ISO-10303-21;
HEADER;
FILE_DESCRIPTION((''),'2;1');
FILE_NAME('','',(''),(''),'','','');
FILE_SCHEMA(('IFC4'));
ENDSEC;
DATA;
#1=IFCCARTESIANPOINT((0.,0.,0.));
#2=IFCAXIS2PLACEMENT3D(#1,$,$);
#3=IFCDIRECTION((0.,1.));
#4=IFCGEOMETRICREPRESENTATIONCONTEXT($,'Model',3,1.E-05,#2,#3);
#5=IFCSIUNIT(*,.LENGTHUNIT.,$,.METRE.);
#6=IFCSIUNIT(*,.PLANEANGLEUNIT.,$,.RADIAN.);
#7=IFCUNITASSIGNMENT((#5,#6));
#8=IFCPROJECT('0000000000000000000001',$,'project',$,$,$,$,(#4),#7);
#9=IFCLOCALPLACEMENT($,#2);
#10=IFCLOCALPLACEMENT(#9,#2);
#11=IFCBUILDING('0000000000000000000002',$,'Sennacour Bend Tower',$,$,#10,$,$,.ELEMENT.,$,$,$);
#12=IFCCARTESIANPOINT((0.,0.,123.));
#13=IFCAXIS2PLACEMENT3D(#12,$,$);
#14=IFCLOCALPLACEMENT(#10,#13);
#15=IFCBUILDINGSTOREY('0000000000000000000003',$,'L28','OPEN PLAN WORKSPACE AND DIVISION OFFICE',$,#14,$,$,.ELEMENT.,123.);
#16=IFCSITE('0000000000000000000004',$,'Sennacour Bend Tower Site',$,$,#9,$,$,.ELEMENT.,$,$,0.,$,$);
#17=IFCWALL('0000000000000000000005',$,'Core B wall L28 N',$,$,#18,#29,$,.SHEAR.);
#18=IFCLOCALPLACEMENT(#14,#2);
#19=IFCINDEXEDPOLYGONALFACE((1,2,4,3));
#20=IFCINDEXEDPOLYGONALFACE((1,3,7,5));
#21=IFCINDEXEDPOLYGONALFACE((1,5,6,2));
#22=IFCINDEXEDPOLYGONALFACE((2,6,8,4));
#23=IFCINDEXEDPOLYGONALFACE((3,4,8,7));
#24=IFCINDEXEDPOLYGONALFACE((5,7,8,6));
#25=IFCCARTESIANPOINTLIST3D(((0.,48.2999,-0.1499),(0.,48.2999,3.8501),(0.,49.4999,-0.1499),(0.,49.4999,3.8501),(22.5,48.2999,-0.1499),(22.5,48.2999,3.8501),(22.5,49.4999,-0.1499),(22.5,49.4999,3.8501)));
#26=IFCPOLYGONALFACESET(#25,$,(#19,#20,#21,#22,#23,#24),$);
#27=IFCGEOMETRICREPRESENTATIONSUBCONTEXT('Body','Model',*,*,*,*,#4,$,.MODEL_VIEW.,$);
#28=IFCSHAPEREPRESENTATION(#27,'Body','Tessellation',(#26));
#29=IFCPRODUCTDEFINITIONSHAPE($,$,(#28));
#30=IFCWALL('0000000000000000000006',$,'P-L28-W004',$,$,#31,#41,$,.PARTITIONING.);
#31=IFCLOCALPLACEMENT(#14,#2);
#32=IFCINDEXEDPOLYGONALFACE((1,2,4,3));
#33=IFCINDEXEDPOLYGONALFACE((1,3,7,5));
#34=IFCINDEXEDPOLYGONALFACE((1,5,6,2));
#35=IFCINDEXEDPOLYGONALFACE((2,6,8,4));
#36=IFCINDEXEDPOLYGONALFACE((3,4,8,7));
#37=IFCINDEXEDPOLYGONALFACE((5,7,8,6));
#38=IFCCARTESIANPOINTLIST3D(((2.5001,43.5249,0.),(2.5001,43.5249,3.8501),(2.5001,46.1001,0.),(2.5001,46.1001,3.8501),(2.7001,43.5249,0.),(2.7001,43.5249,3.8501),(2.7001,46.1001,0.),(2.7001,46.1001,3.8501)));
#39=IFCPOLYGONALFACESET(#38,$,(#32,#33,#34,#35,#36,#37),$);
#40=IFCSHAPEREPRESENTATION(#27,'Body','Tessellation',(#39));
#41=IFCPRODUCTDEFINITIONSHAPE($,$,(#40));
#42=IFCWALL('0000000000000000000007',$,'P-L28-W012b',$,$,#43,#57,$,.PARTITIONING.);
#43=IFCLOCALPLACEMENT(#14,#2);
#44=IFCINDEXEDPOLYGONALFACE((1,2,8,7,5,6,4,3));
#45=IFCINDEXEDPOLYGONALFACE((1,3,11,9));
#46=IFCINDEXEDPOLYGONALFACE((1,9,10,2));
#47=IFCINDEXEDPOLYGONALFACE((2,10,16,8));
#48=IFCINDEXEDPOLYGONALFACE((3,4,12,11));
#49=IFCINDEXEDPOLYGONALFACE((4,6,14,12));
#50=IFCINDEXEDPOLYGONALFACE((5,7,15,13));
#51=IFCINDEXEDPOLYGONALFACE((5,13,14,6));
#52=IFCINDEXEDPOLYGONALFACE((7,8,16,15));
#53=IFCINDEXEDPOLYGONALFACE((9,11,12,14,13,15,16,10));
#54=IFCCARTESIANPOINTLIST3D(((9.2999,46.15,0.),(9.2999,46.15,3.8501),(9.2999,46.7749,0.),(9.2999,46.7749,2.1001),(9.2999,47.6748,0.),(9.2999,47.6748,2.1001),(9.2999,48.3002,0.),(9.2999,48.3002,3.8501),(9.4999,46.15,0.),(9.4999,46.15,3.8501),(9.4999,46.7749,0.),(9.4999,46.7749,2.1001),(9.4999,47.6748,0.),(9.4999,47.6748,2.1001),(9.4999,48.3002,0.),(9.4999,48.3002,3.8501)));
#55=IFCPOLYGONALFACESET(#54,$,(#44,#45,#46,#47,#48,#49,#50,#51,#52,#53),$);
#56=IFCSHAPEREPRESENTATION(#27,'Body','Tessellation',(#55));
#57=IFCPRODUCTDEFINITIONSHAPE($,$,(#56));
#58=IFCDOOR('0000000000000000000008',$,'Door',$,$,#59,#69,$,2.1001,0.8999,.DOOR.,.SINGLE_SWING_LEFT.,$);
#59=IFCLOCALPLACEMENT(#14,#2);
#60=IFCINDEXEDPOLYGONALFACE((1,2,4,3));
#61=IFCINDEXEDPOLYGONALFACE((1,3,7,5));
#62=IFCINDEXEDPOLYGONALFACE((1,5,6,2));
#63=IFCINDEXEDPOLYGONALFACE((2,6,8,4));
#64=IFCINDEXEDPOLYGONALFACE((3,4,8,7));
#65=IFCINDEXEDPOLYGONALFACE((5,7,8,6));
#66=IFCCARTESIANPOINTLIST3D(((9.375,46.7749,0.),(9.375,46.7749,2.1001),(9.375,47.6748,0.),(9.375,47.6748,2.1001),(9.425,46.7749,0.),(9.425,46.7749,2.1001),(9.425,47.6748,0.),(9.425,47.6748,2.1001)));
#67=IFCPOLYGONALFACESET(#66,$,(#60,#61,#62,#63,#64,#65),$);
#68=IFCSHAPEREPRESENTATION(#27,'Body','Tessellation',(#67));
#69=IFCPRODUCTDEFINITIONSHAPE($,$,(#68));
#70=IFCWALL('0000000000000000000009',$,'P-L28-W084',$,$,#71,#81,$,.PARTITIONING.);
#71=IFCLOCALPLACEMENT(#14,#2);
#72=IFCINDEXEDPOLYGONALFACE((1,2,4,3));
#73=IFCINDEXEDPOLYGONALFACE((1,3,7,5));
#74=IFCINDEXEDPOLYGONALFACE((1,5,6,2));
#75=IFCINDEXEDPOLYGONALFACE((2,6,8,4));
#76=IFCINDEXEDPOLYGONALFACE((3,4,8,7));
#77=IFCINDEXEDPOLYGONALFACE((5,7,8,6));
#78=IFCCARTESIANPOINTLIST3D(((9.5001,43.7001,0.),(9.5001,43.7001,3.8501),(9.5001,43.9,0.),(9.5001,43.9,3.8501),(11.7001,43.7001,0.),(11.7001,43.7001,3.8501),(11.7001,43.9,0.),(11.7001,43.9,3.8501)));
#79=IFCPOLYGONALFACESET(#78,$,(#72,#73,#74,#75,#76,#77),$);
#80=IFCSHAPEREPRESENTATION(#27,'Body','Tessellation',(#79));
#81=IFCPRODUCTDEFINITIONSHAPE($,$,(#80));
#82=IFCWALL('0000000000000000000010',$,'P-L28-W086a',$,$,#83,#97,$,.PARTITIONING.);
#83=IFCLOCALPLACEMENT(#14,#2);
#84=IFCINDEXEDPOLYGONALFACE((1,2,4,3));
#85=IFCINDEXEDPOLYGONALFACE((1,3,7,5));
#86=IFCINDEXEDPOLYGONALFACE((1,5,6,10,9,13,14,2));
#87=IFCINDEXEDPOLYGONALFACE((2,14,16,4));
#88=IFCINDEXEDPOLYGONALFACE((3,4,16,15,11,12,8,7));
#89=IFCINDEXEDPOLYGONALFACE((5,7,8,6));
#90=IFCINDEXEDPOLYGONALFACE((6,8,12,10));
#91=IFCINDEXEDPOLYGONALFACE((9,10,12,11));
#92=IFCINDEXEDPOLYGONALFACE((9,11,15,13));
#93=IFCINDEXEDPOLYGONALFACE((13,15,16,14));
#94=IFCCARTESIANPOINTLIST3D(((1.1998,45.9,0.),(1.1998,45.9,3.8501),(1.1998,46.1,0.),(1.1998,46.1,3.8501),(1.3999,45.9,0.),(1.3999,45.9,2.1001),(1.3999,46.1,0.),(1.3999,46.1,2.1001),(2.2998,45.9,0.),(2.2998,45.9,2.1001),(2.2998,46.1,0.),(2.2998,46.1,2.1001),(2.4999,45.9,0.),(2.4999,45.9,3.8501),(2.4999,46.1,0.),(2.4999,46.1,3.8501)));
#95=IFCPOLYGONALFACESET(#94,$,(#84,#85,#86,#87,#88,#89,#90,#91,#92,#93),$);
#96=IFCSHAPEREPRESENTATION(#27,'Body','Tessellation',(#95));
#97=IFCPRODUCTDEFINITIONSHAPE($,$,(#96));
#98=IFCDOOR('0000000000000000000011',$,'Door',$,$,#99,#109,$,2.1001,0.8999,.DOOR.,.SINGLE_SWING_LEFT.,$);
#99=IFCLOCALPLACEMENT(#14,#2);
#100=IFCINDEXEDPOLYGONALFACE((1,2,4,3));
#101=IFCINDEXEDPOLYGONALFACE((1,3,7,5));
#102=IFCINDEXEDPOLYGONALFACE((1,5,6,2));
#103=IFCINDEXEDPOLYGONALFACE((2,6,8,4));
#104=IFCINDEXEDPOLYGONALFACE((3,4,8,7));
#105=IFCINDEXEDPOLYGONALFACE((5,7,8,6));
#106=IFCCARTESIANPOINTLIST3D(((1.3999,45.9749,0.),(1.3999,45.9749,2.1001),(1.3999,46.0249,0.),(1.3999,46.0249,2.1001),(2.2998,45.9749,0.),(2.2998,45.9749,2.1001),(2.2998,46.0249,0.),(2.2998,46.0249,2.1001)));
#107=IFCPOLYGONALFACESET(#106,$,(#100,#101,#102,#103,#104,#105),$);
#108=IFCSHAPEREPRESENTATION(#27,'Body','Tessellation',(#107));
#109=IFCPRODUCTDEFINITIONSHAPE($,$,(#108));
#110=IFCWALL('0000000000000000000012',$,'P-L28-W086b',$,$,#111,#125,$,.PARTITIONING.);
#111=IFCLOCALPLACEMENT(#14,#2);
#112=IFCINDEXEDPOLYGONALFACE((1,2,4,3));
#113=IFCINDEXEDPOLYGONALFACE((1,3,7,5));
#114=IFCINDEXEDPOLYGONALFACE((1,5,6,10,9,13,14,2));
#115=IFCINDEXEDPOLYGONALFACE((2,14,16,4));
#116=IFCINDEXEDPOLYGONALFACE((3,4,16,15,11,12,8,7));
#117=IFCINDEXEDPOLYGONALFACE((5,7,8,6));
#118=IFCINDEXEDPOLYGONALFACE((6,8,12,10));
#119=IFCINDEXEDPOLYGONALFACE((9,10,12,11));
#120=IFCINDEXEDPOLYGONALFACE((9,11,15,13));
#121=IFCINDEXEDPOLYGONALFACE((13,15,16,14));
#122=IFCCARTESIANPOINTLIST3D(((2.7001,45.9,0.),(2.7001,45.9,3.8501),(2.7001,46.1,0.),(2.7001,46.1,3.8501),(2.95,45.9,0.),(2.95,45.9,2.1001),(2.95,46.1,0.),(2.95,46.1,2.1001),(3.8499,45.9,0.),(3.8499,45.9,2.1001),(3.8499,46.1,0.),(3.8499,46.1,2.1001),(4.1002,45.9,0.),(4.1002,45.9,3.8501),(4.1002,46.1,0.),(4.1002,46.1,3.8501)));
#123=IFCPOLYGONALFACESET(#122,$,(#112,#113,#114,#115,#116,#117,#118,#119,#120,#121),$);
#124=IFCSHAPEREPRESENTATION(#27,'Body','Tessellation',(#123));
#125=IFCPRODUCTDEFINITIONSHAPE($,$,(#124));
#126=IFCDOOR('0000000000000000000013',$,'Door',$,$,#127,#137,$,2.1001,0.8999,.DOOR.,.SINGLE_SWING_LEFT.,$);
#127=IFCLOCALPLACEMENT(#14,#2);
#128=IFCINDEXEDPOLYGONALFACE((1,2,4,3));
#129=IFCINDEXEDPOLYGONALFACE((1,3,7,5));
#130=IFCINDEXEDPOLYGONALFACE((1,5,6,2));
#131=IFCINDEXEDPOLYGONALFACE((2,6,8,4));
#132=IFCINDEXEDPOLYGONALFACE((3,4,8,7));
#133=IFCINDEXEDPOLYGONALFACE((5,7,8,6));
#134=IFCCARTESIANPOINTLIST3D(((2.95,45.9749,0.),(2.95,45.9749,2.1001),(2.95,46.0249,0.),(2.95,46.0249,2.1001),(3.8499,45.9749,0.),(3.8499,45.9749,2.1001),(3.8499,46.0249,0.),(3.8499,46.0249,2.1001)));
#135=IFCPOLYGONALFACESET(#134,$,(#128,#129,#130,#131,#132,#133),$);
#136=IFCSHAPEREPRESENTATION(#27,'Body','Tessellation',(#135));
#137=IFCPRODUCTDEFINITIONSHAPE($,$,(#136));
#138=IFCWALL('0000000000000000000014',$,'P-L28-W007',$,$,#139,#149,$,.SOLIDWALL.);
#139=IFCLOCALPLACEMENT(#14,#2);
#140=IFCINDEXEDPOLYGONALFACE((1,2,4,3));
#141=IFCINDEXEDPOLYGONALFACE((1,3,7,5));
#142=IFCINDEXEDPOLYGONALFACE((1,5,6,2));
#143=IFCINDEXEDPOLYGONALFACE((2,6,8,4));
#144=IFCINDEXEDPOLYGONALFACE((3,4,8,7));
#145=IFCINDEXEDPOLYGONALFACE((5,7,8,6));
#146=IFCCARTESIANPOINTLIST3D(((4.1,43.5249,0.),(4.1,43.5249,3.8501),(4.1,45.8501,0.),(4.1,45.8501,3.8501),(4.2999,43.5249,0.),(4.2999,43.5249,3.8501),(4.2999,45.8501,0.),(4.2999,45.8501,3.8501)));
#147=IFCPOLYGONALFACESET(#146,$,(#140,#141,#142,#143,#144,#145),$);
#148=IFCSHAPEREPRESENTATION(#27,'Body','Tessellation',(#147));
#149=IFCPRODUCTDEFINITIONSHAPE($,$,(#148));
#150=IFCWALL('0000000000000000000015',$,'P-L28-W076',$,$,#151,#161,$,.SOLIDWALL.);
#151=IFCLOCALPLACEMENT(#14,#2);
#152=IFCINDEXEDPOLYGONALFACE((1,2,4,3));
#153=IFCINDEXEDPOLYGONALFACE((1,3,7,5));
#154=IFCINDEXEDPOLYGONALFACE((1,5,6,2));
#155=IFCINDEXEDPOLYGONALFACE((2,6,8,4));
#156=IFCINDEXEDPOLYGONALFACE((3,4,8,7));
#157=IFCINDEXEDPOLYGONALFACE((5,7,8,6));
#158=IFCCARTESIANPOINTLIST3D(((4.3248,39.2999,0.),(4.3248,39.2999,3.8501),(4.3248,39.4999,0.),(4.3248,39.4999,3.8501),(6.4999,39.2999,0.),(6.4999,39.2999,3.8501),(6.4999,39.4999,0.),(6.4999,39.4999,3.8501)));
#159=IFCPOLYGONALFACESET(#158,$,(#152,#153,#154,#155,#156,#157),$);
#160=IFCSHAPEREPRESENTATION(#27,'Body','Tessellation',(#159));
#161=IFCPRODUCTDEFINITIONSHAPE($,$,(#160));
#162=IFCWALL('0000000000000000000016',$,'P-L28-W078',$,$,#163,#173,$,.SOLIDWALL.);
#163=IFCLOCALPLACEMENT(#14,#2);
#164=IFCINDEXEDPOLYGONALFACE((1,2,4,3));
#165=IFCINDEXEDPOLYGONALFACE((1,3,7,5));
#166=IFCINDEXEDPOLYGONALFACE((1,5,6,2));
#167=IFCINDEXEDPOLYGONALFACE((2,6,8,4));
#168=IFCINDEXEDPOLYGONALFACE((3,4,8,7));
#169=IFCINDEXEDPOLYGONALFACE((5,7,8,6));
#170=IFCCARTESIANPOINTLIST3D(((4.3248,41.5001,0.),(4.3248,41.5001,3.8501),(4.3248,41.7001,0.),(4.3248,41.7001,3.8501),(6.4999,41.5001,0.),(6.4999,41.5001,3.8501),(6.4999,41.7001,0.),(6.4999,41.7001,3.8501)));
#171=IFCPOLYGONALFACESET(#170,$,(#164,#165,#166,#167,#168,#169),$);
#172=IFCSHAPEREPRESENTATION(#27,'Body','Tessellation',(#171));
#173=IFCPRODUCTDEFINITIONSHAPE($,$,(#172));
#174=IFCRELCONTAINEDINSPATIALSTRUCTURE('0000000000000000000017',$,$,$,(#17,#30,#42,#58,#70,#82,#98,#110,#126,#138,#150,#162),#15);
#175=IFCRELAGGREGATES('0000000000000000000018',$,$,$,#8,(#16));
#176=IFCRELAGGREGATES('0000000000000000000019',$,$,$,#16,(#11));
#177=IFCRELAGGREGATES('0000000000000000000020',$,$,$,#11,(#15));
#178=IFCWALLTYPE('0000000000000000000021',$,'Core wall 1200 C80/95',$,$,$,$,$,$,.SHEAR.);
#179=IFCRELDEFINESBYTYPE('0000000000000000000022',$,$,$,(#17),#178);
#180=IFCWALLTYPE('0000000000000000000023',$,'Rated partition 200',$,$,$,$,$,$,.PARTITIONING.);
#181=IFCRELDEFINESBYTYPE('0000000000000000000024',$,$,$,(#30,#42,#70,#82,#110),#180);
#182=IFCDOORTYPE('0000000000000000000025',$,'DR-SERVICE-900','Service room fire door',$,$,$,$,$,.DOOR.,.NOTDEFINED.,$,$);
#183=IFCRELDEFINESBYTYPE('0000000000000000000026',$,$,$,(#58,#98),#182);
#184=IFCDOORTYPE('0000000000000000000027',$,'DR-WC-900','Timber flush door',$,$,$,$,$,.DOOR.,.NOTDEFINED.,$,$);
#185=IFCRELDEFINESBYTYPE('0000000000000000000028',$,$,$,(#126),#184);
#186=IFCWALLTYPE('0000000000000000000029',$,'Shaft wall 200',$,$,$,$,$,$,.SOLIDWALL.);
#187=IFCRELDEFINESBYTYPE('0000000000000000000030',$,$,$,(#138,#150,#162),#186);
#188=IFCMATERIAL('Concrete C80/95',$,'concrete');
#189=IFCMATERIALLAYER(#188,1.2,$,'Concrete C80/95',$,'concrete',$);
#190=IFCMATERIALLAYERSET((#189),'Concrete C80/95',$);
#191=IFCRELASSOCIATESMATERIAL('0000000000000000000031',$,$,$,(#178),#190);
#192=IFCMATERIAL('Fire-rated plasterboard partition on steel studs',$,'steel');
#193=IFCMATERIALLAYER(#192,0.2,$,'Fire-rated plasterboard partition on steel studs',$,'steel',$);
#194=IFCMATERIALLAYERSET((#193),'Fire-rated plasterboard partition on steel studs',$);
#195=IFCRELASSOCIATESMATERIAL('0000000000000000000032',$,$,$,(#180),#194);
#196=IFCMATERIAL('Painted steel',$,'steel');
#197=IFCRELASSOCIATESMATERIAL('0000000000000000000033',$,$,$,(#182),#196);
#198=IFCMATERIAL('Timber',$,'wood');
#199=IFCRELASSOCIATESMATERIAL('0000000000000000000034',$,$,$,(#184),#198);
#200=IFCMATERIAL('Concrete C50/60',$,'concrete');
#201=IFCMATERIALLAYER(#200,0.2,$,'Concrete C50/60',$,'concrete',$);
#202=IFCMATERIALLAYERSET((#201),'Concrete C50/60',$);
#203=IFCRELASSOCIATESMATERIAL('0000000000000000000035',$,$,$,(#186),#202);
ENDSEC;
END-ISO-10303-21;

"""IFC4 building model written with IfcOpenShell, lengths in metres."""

from ifc_helpers import new_model, si_unit, direction, frame, frame_2d, origin, place, context, subcontext, project, spatial, rectangle, extrude, material, layer, layer_set, type_object, element, fill, save


model = new_model("IFC4")

# Units and contexts
model_context = context("Model", 3, precision=1e-05, world=origin(), true_north=direction((0.0, 1.0)))
body_context = subcontext(model_context, "Body", "Model", "MODEL_VIEW")
ifc_project = project(units=[si_unit("LENGTHUNIT", "METRE"), si_unit("PLANEANGLEUNIT", "RADIAN")], contexts=[model_context])

# Site, building, storey
site_placement = place(None, origin())
site = spatial("IfcSite", under=ifc_project, at=site_placement, Name="Sennacour Bend Tower Site", CompositionType="ELEMENT", RefElevation=0.0)
building_placement = place(site_placement, origin())
building = spatial("IfcBuilding", under=site, at=building_placement, Name="Sennacour Bend Tower", CompositionType="ELEMENT")
storey_placement = place(building_placement, frame((0.0, 0.0, 123.0)))
storey = spatial("IfcBuildingStorey", under=building, at=storey_placement, Name="L28", Description="OPEN PLAN WORKSPACE AND DIVISION OFFICE", CompositionType="ELEMENT", Elevation=123.0)

# Walls
ifc_material_1 = material(Name="Concrete C80/95", Category="concrete")
ifc_layer_1 = layer(ifc_material_1, 1.2, Name="Concrete C80/95", Category="concrete")
ifc_layer_set_1 = layer_set([ifc_layer_1], Name="Concrete C80/95")
wall_type_1 = type_object("IfcWallType", Name="Core wall 1200 C80/95", PredefinedType="SHEAR", material=ifc_layer_set_1)
wall_1_placement = place(storey_placement, frame((0.0, 48.8999, -0.1499), z_axis=(0.0, 0.0, 1.0), x_axis=(1.0, 0.0, 0.0)))
element("IfcWall", 1, at=wall_1_placement, inside=storey, type_object=wall_type_1, Name="Core B wall L28 N", PredefinedType="SHEAR", context=body_context, shape_type="SweptSolid", body=[
    extrude(rectangle(XDim=22.5, YDim=1.2, at=frame_2d((11.25, 0.0))), origin(), (0.0, 0.0, 1.0), 4.0),
])
ifc_material_2 = material(Name="Fire-rated plasterboard partition on steel studs", Category="steel")
ifc_layer_2 = layer(ifc_material_2, 0.2, Name="Fire-rated plasterboard partition on steel studs", Category="steel")
ifc_layer_set_2 = layer_set([ifc_layer_2], Name="Fire-rated plasterboard partition on steel studs")
wall_type_2 = type_object("IfcWallType", Name="Rated partition 200", PredefinedType="PARTITIONING", material=ifc_layer_set_2)
wall_2_placement = place(storey_placement, frame((2.6001, 43.5249, 0.0), z_axis=(0.0, 0.0, 1.0), x_axis=(0.0, 1.0, 0.0)))
element("IfcWall", 2, at=wall_2_placement, inside=storey, type_object=wall_type_2, Name="P-L28-W004", PredefinedType="PARTITIONING", context=body_context, shape_type="SweptSolid", body=[
    extrude(rectangle(XDim=2.5752, YDim=0.2, at=frame_2d((1.2876, 0.0))), origin(), (0.0, 0.0, 1.0), 3.8501),
])

# Wall, opening, door
wall_3_placement = place(storey_placement, frame((9.3999, 46.1499, 0.0), z_axis=(0.0, 0.0, 1.0), x_axis=(0.0, 1.0, 0.0)))
wall_3 = element("IfcWall", 3, at=wall_3_placement, inside=storey, type_object=wall_type_2, Name="P-L28-W012b", PredefinedType="PARTITIONING", context=body_context, shape_type="SweptSolid", body=[
    extrude(rectangle(XDim=2.1501, YDim=0.2, at=frame_2d((1.0752, 0.0))), origin(), (0.0, 0.0, 1.0), 3.8501),
])
opening_1_placement = place(wall_3_placement, frame((0.625, 0.0, 0.0)))
opening_1 = element("IfcOpeningElement", 4, at=opening_1_placement, cuts=wall_3, PredefinedType="OPENING", context=body_context, shape_type="SweptSolid", body=[
    extrude(rectangle(XDim=0.8999, YDim=2.1001, at=frame_2d((0.45, 1.05))), frame((0.0, 0.1099, 0.0), z_axis=(0.0, -1.0, 0.0), x_axis=(1.0, 0.0, 0.0)), (0.0, 0.0, 1.0), 0.22),
])
ifc_material_3 = material(Name="Painted steel", Category="steel")
door_type_1 = type_object("IfcDoorType", Name="DR-SERVICE-900", Description="Service room fire door", OperationType="NOTDEFINED", PredefinedType="DOOR", material=ifc_material_3)
door_1_placement = place(opening_1_placement, origin())
door_1 = element("IfcDoor", 5, at=door_1_placement, inside=storey, type_object=door_type_1, Name="Door", OperationType="SINGLE_SWING_LEFT", OverallHeight=2.1001, OverallWidth=0.8999, PredefinedType="DOOR", context=body_context, shape_type="SweptSolid", body=[
    extrude(rectangle(XDim=0.8999, YDim=2.1001, at=frame_2d((0.45, 1.05))), frame((0.0, 0.0249, 0.0), z_axis=(0.0, -1.0, 0.0), x_axis=(1.0, 0.0, 0.0)), (0.0, 0.0, 1.0), 0.05),
])
fill(opening_1, door_1)

# Wall
wall_4_placement = place(storey_placement, frame((9.5, 43.8, 0.0), z_axis=(0.0, 0.0, 1.0), x_axis=(1.0, 0.0, 0.0)))
element("IfcWall", 6, at=wall_4_placement, inside=storey, type_object=wall_type_2, Name="P-L28-W084", PredefinedType="PARTITIONING", context=body_context, shape_type="SweptSolid", body=[
    extrude(rectangle(XDim=2.2, YDim=0.2, at=frame_2d((1.1001, 0.0))), origin(), (0.0, 0.0, 1.0), 3.8501),
])

# Walls, openings, doors
wall_5_placement = place(storey_placement, frame((1.2, 46.0, 0.0), z_axis=(0.0, 0.0, 1.0), x_axis=(1.0, 0.0, 0.0)))
wall_5 = element("IfcWall", 7, at=wall_5_placement, inside=storey, type_object=wall_type_2, Name="P-L28-W086a", PredefinedType="PARTITIONING", context=body_context, shape_type="SweptSolid", body=[
    extrude(rectangle(XDim=1.3, YDim=0.2, at=frame_2d((0.6499, 0.0))), origin(), (0.0, 0.0, 1.0), 3.8501),
])
opening_2_placement = place(wall_5_placement, frame((0.2, 0.0, 0.0)))
opening_2 = element("IfcOpeningElement", 8, at=opening_2_placement, cuts=wall_5, PredefinedType="OPENING", context=body_context, shape_type="SweptSolid", body=[
    extrude(rectangle(XDim=0.8999, YDim=2.1001, at=frame_2d((0.45, 1.05))), frame((0.0, 0.1099, 0.0), z_axis=(0.0, -1.0, 0.0), x_axis=(1.0, 0.0, 0.0)), (0.0, 0.0, 1.0), 0.22),
])
door_2_placement = place(opening_2_placement, origin())
door_2 = element("IfcDoor", 9, at=door_2_placement, inside=storey, type_object=door_type_1, Name="Door", OperationType="SINGLE_SWING_LEFT", OverallHeight=2.1001, OverallWidth=0.8999, PredefinedType="DOOR", context=body_context, shape_type="SweptSolid", body=[
    extrude(rectangle(XDim=0.8999, YDim=2.1001, at=frame_2d((0.45, 1.05))), frame((0.0, 0.0249, 0.0), z_axis=(0.0, -1.0, 0.0), x_axis=(1.0, 0.0, 0.0)), (0.0, 0.0, 1.0), 0.05),
])
fill(opening_2, door_2)
wall_6_placement = place(storey_placement, frame((2.7, 46.0, 0.0), z_axis=(0.0, 0.0, 1.0), x_axis=(1.0, 0.0, 0.0)))
wall_6 = element("IfcWall", 10, at=wall_6_placement, inside=storey, type_object=wall_type_2, Name="P-L28-W086b", PredefinedType="PARTITIONING", context=body_context, shape_type="SweptSolid", body=[
    extrude(rectangle(XDim=1.4001, YDim=0.2, at=frame_2d((0.7002, 0.0))), origin(), (0.0, 0.0, 1.0), 3.8501),
])
opening_3_placement = place(wall_6_placement, frame((0.25, 0.0, 0.0)))
opening_3 = element("IfcOpeningElement", 11, at=opening_3_placement, cuts=wall_6, PredefinedType="OPENING", context=body_context, shape_type="SweptSolid", body=[
    extrude(rectangle(XDim=0.8999, YDim=2.1001, at=frame_2d((0.45, 1.05))), frame((0.0, 0.1099, 0.0), z_axis=(0.0, -1.0, 0.0), x_axis=(1.0, 0.0, 0.0)), (0.0, 0.0, 1.0), 0.22),
])
ifc_material_4 = material(Name="Timber", Category="wood")
door_type_2 = type_object("IfcDoorType", Name="DR-WC-900", Description="Timber flush door", OperationType="NOTDEFINED", PredefinedType="DOOR", material=ifc_material_4)
door_3_placement = place(opening_3_placement, origin())
door_3 = element("IfcDoor", 12, at=door_3_placement, inside=storey, type_object=door_type_2, Name="Door", OperationType="SINGLE_SWING_LEFT", OverallHeight=2.1001, OverallWidth=0.8999, PredefinedType="DOOR", context=body_context, shape_type="SweptSolid", body=[
    extrude(rectangle(XDim=0.8999, YDim=2.1001, at=frame_2d((0.45, 1.05))), frame((0.0, 0.0249, 0.0), z_axis=(0.0, -1.0, 0.0), x_axis=(1.0, 0.0, 0.0)), (0.0, 0.0, 1.0), 0.05),
])
fill(opening_3, door_3)

# Walls
ifc_material_5 = material(Name="Concrete C50/60", Category="concrete")
ifc_layer_3 = layer(ifc_material_5, 0.2, Name="Concrete C50/60", Category="concrete")
ifc_layer_set_3 = layer_set([ifc_layer_3], Name="Concrete C50/60")
wall_type_3 = type_object("IfcWallType", Name="Shaft wall 200", PredefinedType="SOLIDWALL", material=ifc_layer_set_3)
wall_7_placement = place(storey_placement, frame((4.2, 43.5249, 0.0), z_axis=(0.0, 0.0, 1.0), x_axis=(0.0, 1.0, 0.0)))
element("IfcWall", 13, at=wall_7_placement, inside=storey, type_object=wall_type_3, Name="P-L28-W007", PredefinedType="SOLIDWALL", context=body_context, shape_type="SweptSolid", body=[
    extrude(rectangle(XDim=2.3252, YDim=0.2, at=frame_2d((1.1626, 0.0))), origin(), (0.0, 0.0, 1.0), 3.8501),
])
for number, where, z_axis, x_axis, name in (
    (14, (4.325, 39.3999, 0.0), (0.0, 0.0, 1.0), (1.0, 0.0, 0.0), "P-L28-W076"),
    (15, (4.325, 41.6001, 0.0), (0.0, 0.0, 1.0), (1.0, 0.0, 0.0), "P-L28-W078"),
):
    element("IfcWall", number, at=place(storey_placement, frame(where, z_axis=z_axis, x_axis=x_axis)), inside=storey, type_object=wall_type_3, Name=name, PredefinedType="SOLIDWALL", context=body_context, shape_type="SweptSolid", body=[
        extrude(rectangle(XDim=2.175, YDim=0.2, at=frame_2d((1.0874, 0.0))), origin(), (0.0, 0.0, 1.0), 3.8501),
    ])

save(model, "model.ifc")
